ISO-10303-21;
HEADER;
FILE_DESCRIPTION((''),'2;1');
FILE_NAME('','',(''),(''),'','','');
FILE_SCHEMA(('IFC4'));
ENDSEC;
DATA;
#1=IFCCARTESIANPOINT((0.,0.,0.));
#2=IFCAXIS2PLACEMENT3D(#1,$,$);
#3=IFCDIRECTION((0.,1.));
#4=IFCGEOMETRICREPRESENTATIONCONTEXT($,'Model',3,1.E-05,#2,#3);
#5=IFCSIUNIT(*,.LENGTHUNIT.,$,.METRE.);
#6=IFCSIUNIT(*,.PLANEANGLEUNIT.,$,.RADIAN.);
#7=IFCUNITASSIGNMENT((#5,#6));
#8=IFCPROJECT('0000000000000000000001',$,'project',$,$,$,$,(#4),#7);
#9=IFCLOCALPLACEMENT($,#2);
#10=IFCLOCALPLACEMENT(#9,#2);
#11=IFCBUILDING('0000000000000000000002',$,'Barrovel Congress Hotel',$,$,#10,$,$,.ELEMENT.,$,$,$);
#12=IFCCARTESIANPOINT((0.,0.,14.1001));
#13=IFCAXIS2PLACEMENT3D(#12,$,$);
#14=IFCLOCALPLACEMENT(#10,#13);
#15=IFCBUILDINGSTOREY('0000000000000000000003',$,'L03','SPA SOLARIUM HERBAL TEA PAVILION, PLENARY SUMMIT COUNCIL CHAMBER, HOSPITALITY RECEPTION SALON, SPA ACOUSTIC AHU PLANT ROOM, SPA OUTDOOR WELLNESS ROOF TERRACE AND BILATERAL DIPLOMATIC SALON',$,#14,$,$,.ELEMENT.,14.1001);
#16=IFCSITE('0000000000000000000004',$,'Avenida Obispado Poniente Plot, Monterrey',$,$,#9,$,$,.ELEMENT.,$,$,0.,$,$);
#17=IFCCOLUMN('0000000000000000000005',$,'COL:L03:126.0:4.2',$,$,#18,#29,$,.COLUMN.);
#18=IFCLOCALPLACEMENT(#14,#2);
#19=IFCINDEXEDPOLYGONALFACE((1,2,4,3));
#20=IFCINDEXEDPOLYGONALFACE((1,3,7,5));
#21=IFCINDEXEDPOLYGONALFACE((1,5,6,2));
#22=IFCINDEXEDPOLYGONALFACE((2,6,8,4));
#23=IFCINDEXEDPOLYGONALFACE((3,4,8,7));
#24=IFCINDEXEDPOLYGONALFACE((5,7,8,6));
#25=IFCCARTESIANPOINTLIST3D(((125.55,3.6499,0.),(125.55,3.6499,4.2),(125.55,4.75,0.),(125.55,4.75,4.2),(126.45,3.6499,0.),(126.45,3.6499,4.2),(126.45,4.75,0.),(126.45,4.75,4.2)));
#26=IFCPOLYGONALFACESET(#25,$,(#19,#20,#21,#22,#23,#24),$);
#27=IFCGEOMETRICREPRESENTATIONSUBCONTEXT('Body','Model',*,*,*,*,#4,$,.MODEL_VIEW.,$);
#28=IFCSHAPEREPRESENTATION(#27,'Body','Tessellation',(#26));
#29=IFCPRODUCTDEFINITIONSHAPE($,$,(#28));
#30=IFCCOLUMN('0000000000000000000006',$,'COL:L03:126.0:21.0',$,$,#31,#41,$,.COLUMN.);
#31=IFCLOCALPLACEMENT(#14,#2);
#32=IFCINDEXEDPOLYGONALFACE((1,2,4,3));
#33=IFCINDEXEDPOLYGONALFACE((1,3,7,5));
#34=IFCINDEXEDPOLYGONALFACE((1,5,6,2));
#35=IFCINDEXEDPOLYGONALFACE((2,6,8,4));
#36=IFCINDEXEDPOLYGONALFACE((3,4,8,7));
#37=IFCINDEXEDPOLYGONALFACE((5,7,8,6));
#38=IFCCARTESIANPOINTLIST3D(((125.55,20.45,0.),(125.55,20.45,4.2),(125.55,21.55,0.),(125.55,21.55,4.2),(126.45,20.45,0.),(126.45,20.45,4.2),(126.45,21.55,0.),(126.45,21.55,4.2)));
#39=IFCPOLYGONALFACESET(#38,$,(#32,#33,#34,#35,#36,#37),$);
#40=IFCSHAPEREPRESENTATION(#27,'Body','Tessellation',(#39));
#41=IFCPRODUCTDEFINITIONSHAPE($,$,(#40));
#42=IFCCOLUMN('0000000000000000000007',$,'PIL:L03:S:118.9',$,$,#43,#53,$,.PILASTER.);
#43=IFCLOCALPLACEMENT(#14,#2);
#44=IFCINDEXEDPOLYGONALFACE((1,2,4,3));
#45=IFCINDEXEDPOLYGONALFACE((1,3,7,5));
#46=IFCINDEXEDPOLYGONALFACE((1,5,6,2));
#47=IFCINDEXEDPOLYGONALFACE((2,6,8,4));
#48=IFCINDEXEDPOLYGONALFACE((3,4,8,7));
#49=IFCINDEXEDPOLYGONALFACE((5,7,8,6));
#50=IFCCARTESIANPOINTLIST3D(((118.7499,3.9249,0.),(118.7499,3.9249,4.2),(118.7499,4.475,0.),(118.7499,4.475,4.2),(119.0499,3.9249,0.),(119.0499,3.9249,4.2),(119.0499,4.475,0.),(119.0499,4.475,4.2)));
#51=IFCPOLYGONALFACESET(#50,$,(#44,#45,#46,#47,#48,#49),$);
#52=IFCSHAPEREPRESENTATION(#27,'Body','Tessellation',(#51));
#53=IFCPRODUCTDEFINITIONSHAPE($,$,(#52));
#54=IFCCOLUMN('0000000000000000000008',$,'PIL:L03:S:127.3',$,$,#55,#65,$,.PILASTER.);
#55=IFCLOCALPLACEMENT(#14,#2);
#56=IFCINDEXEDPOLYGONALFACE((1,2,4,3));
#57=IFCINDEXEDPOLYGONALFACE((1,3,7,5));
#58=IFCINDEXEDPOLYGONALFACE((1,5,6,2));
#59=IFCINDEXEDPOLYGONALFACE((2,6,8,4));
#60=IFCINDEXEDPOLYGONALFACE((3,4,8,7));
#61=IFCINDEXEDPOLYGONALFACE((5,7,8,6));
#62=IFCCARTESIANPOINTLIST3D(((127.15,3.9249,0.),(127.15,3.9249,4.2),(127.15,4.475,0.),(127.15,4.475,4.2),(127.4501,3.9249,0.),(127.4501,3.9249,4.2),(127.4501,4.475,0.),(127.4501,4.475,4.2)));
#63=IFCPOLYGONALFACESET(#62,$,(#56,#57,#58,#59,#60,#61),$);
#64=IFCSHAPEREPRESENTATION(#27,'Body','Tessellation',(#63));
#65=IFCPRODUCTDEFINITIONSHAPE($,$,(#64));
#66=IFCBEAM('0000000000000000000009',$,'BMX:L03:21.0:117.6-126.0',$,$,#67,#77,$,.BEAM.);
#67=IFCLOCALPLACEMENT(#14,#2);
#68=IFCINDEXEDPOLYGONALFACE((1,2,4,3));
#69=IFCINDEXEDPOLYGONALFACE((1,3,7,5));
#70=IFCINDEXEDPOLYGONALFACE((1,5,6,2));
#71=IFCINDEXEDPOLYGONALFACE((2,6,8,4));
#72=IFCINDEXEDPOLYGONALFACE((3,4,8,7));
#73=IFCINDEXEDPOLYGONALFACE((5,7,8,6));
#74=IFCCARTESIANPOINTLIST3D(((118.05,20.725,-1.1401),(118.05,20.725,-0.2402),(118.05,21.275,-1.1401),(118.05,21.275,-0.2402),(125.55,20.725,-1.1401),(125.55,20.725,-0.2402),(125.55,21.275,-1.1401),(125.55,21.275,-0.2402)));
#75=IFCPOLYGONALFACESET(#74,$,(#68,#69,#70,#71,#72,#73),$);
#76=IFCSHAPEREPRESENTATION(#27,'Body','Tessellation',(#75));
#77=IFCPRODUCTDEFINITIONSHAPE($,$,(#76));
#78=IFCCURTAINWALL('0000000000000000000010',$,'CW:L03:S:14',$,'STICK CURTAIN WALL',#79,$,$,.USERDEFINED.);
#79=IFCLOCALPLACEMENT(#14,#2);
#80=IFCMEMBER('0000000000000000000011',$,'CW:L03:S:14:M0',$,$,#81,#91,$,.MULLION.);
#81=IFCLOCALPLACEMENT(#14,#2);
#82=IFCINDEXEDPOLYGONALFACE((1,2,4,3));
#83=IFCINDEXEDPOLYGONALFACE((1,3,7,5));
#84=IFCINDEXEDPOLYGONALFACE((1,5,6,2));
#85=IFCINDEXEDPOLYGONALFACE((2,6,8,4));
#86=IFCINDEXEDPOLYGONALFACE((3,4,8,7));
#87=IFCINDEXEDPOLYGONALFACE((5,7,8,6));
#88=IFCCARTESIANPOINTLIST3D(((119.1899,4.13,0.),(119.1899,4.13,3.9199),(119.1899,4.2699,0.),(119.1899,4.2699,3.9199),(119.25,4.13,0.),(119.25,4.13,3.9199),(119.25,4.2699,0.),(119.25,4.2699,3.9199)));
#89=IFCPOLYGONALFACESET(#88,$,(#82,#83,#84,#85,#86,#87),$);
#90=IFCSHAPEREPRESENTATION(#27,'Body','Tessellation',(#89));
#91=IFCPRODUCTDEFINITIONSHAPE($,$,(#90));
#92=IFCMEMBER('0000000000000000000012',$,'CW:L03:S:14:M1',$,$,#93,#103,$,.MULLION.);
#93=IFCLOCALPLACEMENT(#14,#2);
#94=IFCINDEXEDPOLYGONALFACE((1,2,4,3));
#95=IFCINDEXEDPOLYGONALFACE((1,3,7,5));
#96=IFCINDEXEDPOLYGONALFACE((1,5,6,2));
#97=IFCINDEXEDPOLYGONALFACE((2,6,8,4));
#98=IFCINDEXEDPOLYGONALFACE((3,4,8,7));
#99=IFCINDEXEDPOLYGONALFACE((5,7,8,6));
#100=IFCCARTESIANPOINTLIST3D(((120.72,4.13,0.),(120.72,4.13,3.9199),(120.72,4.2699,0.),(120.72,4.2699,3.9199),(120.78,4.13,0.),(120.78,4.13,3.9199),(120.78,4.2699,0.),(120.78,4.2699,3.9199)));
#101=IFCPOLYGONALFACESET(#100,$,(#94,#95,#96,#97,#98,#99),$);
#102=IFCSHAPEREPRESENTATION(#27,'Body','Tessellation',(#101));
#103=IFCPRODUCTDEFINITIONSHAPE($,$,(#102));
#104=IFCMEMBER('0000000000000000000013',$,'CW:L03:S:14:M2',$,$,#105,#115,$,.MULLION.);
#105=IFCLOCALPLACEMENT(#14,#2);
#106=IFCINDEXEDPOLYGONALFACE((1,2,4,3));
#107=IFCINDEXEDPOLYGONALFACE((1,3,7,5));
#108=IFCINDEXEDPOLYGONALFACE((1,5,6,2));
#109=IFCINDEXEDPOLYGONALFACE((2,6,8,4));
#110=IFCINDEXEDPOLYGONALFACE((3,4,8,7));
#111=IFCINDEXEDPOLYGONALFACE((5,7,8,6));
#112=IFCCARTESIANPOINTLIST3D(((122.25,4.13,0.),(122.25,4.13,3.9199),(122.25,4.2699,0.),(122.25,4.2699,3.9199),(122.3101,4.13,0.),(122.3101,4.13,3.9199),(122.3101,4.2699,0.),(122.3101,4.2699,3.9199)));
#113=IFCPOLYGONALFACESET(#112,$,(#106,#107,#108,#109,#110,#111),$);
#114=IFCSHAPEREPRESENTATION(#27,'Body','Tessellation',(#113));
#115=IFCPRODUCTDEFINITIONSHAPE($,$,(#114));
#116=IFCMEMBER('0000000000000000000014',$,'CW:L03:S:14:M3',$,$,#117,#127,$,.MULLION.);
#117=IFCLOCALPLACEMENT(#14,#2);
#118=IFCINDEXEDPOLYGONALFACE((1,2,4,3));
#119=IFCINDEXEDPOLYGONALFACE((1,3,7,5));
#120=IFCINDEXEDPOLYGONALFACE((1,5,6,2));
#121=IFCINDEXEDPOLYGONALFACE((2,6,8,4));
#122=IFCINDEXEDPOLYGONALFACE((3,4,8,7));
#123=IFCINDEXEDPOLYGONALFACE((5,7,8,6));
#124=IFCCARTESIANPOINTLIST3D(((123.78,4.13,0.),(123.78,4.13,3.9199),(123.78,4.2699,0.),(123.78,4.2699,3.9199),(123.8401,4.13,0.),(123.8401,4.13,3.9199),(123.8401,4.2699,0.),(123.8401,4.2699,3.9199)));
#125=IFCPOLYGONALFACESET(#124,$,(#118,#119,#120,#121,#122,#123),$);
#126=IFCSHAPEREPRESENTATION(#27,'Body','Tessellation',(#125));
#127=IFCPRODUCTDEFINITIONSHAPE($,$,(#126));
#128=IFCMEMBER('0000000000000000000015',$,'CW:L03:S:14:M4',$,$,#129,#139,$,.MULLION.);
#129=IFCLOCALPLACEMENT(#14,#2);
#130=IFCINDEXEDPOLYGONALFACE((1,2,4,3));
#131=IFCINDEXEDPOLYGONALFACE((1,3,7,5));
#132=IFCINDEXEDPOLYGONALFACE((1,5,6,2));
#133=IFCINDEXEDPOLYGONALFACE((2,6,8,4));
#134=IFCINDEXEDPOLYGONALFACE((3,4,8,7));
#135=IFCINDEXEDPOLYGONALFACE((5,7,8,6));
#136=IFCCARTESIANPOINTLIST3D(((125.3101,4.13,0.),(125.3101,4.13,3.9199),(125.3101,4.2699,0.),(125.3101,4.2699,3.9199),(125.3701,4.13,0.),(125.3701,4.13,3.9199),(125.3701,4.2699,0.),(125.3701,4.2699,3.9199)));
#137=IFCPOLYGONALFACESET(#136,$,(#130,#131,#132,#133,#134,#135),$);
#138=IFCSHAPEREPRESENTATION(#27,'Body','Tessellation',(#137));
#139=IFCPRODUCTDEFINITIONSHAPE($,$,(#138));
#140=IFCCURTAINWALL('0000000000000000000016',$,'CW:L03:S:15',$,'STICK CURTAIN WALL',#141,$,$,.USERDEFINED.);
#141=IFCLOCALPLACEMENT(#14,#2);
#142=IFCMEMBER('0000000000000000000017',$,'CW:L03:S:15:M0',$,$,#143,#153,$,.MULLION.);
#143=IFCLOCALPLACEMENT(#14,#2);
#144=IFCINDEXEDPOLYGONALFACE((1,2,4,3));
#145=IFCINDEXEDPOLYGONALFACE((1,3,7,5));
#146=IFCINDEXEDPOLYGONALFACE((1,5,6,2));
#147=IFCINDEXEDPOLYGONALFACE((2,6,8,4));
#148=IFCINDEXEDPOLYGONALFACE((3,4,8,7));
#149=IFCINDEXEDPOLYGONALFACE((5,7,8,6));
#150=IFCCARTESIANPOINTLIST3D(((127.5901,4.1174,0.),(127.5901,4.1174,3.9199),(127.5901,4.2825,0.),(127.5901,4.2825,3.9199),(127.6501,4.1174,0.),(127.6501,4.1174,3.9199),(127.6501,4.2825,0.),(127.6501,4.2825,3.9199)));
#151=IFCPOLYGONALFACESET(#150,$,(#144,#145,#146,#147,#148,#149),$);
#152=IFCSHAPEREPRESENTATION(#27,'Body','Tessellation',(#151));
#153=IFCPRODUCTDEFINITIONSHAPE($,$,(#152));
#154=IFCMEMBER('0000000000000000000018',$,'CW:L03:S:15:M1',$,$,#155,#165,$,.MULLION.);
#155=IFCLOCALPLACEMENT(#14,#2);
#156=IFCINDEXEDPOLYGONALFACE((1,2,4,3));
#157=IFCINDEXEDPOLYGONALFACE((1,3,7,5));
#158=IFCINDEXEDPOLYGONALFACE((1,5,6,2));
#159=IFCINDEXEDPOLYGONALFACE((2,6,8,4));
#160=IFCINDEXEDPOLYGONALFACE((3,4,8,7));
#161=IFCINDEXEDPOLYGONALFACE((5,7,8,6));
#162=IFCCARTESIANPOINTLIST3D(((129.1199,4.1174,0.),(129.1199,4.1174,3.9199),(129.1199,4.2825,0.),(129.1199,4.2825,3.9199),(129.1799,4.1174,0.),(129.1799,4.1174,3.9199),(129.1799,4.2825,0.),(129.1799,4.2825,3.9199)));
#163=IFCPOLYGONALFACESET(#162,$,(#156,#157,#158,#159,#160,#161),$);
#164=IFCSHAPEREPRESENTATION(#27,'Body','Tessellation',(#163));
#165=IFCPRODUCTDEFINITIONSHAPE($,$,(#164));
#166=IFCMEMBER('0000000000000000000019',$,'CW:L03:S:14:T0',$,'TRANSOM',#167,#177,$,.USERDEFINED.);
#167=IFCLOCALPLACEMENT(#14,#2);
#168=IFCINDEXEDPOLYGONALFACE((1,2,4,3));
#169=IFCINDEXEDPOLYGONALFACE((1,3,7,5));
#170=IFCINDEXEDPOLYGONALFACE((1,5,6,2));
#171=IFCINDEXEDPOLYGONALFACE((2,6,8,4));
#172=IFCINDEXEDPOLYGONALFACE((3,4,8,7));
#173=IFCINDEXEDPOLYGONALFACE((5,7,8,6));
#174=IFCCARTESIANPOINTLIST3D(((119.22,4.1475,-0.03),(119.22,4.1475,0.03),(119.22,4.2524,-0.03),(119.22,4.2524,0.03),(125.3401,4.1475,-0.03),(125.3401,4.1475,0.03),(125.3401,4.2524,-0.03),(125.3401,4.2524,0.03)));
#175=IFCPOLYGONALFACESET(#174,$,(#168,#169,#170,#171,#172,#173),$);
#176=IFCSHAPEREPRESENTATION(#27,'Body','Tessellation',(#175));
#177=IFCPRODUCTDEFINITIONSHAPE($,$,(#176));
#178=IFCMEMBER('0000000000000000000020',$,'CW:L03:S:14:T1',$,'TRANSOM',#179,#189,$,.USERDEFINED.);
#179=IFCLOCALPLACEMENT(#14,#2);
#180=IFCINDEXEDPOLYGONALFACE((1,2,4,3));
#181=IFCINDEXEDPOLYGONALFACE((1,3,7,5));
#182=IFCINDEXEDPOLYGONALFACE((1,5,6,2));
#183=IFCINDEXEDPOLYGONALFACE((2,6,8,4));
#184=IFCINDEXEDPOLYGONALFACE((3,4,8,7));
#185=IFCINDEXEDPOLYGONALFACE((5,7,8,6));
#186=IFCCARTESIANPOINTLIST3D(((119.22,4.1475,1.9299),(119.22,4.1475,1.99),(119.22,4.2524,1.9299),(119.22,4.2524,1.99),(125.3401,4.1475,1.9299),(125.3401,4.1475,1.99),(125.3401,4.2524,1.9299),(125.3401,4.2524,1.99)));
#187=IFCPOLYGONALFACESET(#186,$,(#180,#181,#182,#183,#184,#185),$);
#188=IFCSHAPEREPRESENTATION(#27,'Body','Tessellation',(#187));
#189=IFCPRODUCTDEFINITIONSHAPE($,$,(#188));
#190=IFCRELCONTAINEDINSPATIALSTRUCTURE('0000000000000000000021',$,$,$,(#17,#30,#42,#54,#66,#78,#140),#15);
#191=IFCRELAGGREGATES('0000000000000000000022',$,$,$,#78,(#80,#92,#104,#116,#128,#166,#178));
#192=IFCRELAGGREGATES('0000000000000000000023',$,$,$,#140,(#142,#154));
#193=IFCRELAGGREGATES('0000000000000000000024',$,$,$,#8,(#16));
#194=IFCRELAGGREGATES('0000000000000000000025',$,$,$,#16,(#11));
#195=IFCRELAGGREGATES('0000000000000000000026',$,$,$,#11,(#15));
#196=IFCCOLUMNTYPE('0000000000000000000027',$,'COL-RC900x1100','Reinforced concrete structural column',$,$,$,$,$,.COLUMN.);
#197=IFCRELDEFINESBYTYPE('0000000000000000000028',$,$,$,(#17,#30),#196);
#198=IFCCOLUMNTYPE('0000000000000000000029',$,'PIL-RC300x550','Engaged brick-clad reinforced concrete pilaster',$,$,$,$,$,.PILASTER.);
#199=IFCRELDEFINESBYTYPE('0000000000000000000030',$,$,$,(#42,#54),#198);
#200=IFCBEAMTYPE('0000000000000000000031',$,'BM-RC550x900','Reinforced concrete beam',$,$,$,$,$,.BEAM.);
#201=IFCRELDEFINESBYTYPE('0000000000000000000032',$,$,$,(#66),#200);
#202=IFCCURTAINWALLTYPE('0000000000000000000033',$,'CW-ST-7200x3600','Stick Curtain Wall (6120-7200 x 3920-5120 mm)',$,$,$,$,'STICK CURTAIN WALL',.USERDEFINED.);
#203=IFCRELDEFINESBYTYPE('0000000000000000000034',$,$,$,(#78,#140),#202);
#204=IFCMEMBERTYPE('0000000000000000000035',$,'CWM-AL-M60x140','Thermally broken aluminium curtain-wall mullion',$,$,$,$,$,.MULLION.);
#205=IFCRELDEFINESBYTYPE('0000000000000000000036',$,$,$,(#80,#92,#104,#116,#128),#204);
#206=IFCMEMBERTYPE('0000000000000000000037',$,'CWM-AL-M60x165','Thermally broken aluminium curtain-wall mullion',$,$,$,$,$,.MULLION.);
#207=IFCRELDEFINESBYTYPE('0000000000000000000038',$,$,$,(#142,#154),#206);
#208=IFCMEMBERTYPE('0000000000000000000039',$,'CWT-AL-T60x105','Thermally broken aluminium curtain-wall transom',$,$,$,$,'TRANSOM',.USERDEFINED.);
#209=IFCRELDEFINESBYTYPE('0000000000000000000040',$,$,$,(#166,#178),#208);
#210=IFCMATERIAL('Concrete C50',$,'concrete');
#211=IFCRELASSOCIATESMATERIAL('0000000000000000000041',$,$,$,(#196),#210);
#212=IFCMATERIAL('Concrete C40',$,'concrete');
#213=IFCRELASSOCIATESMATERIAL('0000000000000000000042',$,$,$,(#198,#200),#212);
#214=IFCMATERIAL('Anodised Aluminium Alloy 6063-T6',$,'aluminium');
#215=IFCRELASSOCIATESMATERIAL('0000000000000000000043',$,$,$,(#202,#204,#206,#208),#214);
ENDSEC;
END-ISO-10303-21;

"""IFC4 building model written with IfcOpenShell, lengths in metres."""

from ifc_helpers import new_model, si_unit, direction, frame, origin, origin_2d, place, context, subcontext, project, spatial, rectangle, extrude, material, material_profile, profile_set, type_object, element, aggregate, save


model = new_model("IFC4")

# Units and contexts
model_context = context("Model", 3, precision=1e-05, world=origin(), true_north=direction((0.0, 1.0)))
body_context = subcontext(model_context, "Body", "Model", "MODEL_VIEW")
ifc_project = project(units=[si_unit("LENGTHUNIT", "METRE"), si_unit("PLANEANGLEUNIT", "RADIAN")], contexts=[model_context])

# Site, building, storey
site_placement = place(None, origin())
site = spatial("IfcSite", under=ifc_project, at=site_placement, Name="Avenida Obispado Poniente Plot, Monterrey", CompositionType="ELEMENT", RefElevation=0.0)
building_placement = place(site_placement, origin())
building = spatial("IfcBuilding", under=site, at=building_placement, Name="Barrovel Congress Hotel", CompositionType="ELEMENT")
storey_placement = place(building_placement, frame((0.0, 0.0, 14.1001)))
storey = spatial("IfcBuildingStorey", under=building, at=storey_placement, Name="L03", Description="SPA SOLARIUM HERBAL TEA PAVILION, PLENARY SUMMIT COUNCIL CHAMBER, HOSPITALITY RECEPTION SALON, SPA ACOUSTIC AHU PLANT ROOM, SPA OUTDOOR WELLNESS ROOF TERRACE AND BILATERAL DIPLOMATIC SALON", CompositionType="ELEMENT", Elevation=14.1001)

# Columns
ifc_material_1 = material(Name="Concrete C50", Category="concrete")
ifc_material_profile_1 = material_profile(ifc_material_1, rectangle(XDim=0.8999, YDim=1.1001, at=origin_2d()), Name="RC900x1100")
ifc_profile_set_1 = profile_set([ifc_material_profile_1], Name="Concrete C50")
column_type_1 = type_object("IfcColumnType", Name="COL-RC900x1100", Description="Reinforced concrete structural column", PredefinedType="COLUMN", material=ifc_profile_set_1)
for number, where, z_axis, x_axis, name in (
    (1, (126.0, 4.2, 0.0), (0.0, 0.0, 1.0), (1.0, 0.0, 0.0), "COL:L03:126.0:4.2"),
    (2, (126.0, 21.0, 0.0), (0.0, 0.0, 1.0), (1.0, 0.0, 0.0), "COL:L03:126.0:21.0"),
):
    element("IfcColumn", number, at=place(storey_placement, frame(where, z_axis=z_axis, x_axis=x_axis)), inside=storey, type_object=column_type_1, Name=name, PredefinedType="COLUMN", context=body_context, shape_type="SweptSolid", body=[
        extrude(rectangle(XDim=0.8999, YDim=1.1001, at=origin_2d()), origin(), (0.0, 0.0, 1.0), 4.2),
    ])
ifc_material_2 = material(Name="Concrete C40", Category="concrete")
ifc_material_profile_2 = material_profile(ifc_material_2, rectangle(XDim=0.3, YDim=0.55, at=origin_2d()), Name="RC300x550")
ifc_profile_set_2 = profile_set([ifc_material_profile_2], Name="Concrete C40")
column_type_2 = type_object("IfcColumnType", Name="PIL-RC300x550", Description="Engaged brick-clad reinforced concrete pilaster", PredefinedType="PILASTER", material=ifc_profile_set_2)
for number, where, z_axis, x_axis, name in (
    (3, (118.8999, 4.2, 0.0), (0.0, 0.0, 1.0), (1.0, 0.0, 0.0), "PIL:L03:S:118.9"),
    (4, (127.3, 4.2, 0.0), (0.0, 0.0, 1.0), (1.0, 0.0, 0.0), "PIL:L03:S:127.3"),
):
    element("IfcColumn", number, at=place(storey_placement, frame(where, z_axis=z_axis, x_axis=x_axis)), inside=storey, type_object=column_type_2, Name=name, PredefinedType="PILASTER", context=body_context, shape_type="SweptSolid", body=[
        extrude(rectangle(XDim=0.3, YDim=0.55, at=origin_2d()), origin(), (0.0, 0.0, 1.0), 4.2),
    ])

# Beam
ifc_material_profile_3 = material_profile(ifc_material_2, rectangle(XDim=0.55, YDim=0.8999, at=origin_2d()), Name="RC550x900")
ifc_profile_set_3 = profile_set([ifc_material_profile_3], Name="Concrete C40")
beam_type_1 = type_object("IfcBeamType", Name="BM-RC550x900", Description="Reinforced concrete beam", PredefinedType="BEAM", material=ifc_profile_set_3)
beam_1_placement = place(storey_placement, frame((118.05, 21.0, -0.6902), z_axis=(1.0, 0.0, 0.0), x_axis=(0.0, 1.0, 0.0)))
element("IfcBeam", 5, at=beam_1_placement, inside=storey, type_object=beam_type_1, Name="BMX:L03:21.0:117.6-126.0", PredefinedType="BEAM", context=body_context, shape_type="SweptSolid", body=[
    extrude(rectangle(XDim=0.55, YDim=0.8999, at=origin_2d()), origin(), (0.0, 0.0, 1.0), 7.5),
])

# Curtain walls, members
ifc_material_3 = material(Name="Anodised Aluminium Alloy 6063-T6", Category="aluminium")
curtain_wall_type = type_object("IfcCurtainWallType", Name="CW-ST-7200x3600", Description="Stick Curtain Wall (6120-7200 x 3920-5120 mm)", ElementType="STICK CURTAIN WALL", PredefinedType="USERDEFINED", material=ifc_material_3)
curtain_wall_1_placement = place(storey_placement, origin())
curtain_wall_1 = element("IfcCurtainWall", 6, at=curtain_wall_1_placement, inside=storey, type_object=curtain_wall_type, Name="CW:L03:S:14", ObjectType="STICK CURTAIN WALL", PredefinedType="USERDEFINED")
ifc_material_profile_4 = material_profile(ifc_material_3, rectangle(XDim=0.0601, YDim=0.1399, at=origin_2d()), Name="AL-M60x140")
ifc_profile_set_4 = profile_set([ifc_material_profile_4], Name="Anodised Aluminium Alloy 6063-T6")
member_type_1 = type_object("IfcMemberType", Name="CWM-AL-M60x140", Description="Thermally broken aluminium curtain-wall mullion", PredefinedType="MULLION", material=ifc_profile_set_4)
member_1_placement = place(storey_placement, frame((119.22, 4.2, 0.0), z_axis=(0.0, 0.0, 1.0), x_axis=(1.0, 0.0, 0.0)))
member_1 = element("IfcMember", 7, at=member_1_placement, type_object=member_type_1, Name="CW:L03:S:14:M0", PredefinedType="MULLION", context=body_context, shape_type="SweptSolid", body=[
    extrude(rectangle(XDim=0.0601, YDim=0.1399, at=origin_2d()), origin(), (0.0, 0.0, 1.0), 3.9199),
])
member_2_placement = place(storey_placement, frame((120.75, 4.2, 0.0), z_axis=(0.0, 0.0, 1.0), x_axis=(1.0, 0.0, 0.0)))
member_2 = element("IfcMember", 8, at=member_2_placement, type_object=member_type_1, Name="CW:L03:S:14:M1", PredefinedType="MULLION", context=body_context, shape_type="SweptSolid", body=[
    extrude(rectangle(XDim=0.0601, YDim=0.1399, at=origin_2d()), origin(), (0.0, 0.0, 1.0), 3.9199),
])
member_3_placement = place(storey_placement, frame((122.28, 4.2, 0.0), z_axis=(0.0, 0.0, 1.0), x_axis=(1.0, 0.0, 0.0)))
member_3 = element("IfcMember", 9, at=member_3_placement, type_object=member_type_1, Name="CW:L03:S:14:M2", PredefinedType="MULLION", context=body_context, shape_type="SweptSolid", body=[
    extrude(rectangle(XDim=0.0601, YDim=0.1399, at=origin_2d()), origin(), (0.0, 0.0, 1.0), 3.9199),
])
member_4_placement = place(storey_placement, frame((123.8101, 4.2, 0.0), z_axis=(0.0, 0.0, 1.0), x_axis=(1.0, 0.0, 0.0)))
member_4 = element("IfcMember", 10, at=member_4_placement, type_object=member_type_1, Name="CW:L03:S:14:M3", PredefinedType="MULLION", context=body_context, shape_type="SweptSolid", body=[
    extrude(rectangle(XDim=0.0601, YDim=0.1399, at=origin_2d()), origin(), (0.0, 0.0, 1.0), 3.9199),
])
member_5_placement = place(storey_placement, frame((125.3401, 4.2, 0.0), z_axis=(0.0, 0.0, 1.0), x_axis=(1.0, 0.0, 0.0)))
member_5 = element("IfcMember", 11, at=member_5_placement, type_object=member_type_1, Name="CW:L03:S:14:M4", PredefinedType="MULLION", context=body_context, shape_type="SweptSolid", body=[
    extrude(rectangle(XDim=0.0601, YDim=0.1399, at=origin_2d()), origin(), (0.0, 0.0, 1.0), 3.9199),
])
curtain_wall_2_placement = place(storey_placement, origin())
curtain_wall_2 = element("IfcCurtainWall", 12, at=curtain_wall_2_placement, inside=storey, type_object=curtain_wall_type, Name="CW:L03:S:15", ObjectType="STICK CURTAIN WALL", PredefinedType="USERDEFINED")
ifc_material_profile_5 = material_profile(ifc_material_3, rectangle(XDim=0.0601, YDim=0.165, at=origin_2d()), Name="AL-M60x165")
ifc_profile_set_5 = profile_set([ifc_material_profile_5], Name="Anodised Aluminium Alloy 6063-T6")
member_type_2 = type_object("IfcMemberType", Name="CWM-AL-M60x165", Description="Thermally broken aluminium curtain-wall mullion", PredefinedType="MULLION", material=ifc_profile_set_5)
member_6_placement = place(storey_placement, frame((127.6201, 4.2, 0.0), z_axis=(0.0, 0.0, 1.0), x_axis=(1.0, 0.0, 0.0)))
member_6 = element("IfcMember", 13, at=member_6_placement, type_object=member_type_2, Name="CW:L03:S:15:M0", PredefinedType="MULLION", context=body_context, shape_type="SweptSolid", body=[
    extrude(rectangle(XDim=0.0601, YDim=0.165, at=origin_2d()), origin(), (0.0, 0.0, 1.0), 3.9199),
])
member_7_placement = place(storey_placement, frame((129.1499, 4.2, 0.0), z_axis=(0.0, 0.0, 1.0), x_axis=(1.0, 0.0, 0.0)))
member_7 = element("IfcMember", 14, at=member_7_placement, type_object=member_type_2, Name="CW:L03:S:15:M1", PredefinedType="MULLION", context=body_context, shape_type="SweptSolid", body=[
    extrude(rectangle(XDim=0.0601, YDim=0.165, at=origin_2d()), origin(), (0.0, 0.0, 1.0), 3.9199),
])

# Members
ifc_material_profile_6 = material_profile(ifc_material_3, rectangle(XDim=0.105, YDim=0.0601, at=origin_2d()), Name="AL-T60x105")
ifc_profile_set_6 = profile_set([ifc_material_profile_6], Name="Anodised Aluminium Alloy 6063-T6")
member_type_3 = type_object("IfcMemberType", Name="CWT-AL-T60x105", Description="Thermally broken aluminium curtain-wall transom", ElementType="TRANSOM", PredefinedType="USERDEFINED", material=ifc_profile_set_6)
member_8_placement = place(storey_placement, frame((119.22, 4.2, 0.0), z_axis=(1.0, 0.0, 0.0), x_axis=(0.0, 1.0, 0.0)))
member_8 = element("IfcMember", 15, at=member_8_placement, type_object=member_type_3, Name="CW:L03:S:14:T0", ObjectType="TRANSOM", PredefinedType="USERDEFINED", context=body_context, shape_type="SweptSolid", body=[
    extrude(rectangle(XDim=0.105, YDim=0.0601, at=origin_2d()), origin(), (0.0, 0.0, 1.0), 6.1201),
])
member_9_placement = place(storey_placement, frame((119.22, 4.2, 1.96), z_axis=(1.0, 0.0, 0.0), x_axis=(0.0, 1.0, 0.0)))
member_9 = element("IfcMember", 16, at=member_9_placement, type_object=member_type_3, Name="CW:L03:S:14:T1", ObjectType="TRANSOM", PredefinedType="USERDEFINED", context=body_context, shape_type="SweptSolid", body=[
    extrude(rectangle(XDim=0.105, YDim=0.0601, at=origin_2d()), origin(), (0.0, 0.0, 1.0), 6.1201),
])

aggregate(curtain_wall_1, [member_1, member_2, member_3, member_4, member_5, member_8, member_9])
aggregate(curtain_wall_2, [member_6, member_7])

save(model, "model.ifc")
